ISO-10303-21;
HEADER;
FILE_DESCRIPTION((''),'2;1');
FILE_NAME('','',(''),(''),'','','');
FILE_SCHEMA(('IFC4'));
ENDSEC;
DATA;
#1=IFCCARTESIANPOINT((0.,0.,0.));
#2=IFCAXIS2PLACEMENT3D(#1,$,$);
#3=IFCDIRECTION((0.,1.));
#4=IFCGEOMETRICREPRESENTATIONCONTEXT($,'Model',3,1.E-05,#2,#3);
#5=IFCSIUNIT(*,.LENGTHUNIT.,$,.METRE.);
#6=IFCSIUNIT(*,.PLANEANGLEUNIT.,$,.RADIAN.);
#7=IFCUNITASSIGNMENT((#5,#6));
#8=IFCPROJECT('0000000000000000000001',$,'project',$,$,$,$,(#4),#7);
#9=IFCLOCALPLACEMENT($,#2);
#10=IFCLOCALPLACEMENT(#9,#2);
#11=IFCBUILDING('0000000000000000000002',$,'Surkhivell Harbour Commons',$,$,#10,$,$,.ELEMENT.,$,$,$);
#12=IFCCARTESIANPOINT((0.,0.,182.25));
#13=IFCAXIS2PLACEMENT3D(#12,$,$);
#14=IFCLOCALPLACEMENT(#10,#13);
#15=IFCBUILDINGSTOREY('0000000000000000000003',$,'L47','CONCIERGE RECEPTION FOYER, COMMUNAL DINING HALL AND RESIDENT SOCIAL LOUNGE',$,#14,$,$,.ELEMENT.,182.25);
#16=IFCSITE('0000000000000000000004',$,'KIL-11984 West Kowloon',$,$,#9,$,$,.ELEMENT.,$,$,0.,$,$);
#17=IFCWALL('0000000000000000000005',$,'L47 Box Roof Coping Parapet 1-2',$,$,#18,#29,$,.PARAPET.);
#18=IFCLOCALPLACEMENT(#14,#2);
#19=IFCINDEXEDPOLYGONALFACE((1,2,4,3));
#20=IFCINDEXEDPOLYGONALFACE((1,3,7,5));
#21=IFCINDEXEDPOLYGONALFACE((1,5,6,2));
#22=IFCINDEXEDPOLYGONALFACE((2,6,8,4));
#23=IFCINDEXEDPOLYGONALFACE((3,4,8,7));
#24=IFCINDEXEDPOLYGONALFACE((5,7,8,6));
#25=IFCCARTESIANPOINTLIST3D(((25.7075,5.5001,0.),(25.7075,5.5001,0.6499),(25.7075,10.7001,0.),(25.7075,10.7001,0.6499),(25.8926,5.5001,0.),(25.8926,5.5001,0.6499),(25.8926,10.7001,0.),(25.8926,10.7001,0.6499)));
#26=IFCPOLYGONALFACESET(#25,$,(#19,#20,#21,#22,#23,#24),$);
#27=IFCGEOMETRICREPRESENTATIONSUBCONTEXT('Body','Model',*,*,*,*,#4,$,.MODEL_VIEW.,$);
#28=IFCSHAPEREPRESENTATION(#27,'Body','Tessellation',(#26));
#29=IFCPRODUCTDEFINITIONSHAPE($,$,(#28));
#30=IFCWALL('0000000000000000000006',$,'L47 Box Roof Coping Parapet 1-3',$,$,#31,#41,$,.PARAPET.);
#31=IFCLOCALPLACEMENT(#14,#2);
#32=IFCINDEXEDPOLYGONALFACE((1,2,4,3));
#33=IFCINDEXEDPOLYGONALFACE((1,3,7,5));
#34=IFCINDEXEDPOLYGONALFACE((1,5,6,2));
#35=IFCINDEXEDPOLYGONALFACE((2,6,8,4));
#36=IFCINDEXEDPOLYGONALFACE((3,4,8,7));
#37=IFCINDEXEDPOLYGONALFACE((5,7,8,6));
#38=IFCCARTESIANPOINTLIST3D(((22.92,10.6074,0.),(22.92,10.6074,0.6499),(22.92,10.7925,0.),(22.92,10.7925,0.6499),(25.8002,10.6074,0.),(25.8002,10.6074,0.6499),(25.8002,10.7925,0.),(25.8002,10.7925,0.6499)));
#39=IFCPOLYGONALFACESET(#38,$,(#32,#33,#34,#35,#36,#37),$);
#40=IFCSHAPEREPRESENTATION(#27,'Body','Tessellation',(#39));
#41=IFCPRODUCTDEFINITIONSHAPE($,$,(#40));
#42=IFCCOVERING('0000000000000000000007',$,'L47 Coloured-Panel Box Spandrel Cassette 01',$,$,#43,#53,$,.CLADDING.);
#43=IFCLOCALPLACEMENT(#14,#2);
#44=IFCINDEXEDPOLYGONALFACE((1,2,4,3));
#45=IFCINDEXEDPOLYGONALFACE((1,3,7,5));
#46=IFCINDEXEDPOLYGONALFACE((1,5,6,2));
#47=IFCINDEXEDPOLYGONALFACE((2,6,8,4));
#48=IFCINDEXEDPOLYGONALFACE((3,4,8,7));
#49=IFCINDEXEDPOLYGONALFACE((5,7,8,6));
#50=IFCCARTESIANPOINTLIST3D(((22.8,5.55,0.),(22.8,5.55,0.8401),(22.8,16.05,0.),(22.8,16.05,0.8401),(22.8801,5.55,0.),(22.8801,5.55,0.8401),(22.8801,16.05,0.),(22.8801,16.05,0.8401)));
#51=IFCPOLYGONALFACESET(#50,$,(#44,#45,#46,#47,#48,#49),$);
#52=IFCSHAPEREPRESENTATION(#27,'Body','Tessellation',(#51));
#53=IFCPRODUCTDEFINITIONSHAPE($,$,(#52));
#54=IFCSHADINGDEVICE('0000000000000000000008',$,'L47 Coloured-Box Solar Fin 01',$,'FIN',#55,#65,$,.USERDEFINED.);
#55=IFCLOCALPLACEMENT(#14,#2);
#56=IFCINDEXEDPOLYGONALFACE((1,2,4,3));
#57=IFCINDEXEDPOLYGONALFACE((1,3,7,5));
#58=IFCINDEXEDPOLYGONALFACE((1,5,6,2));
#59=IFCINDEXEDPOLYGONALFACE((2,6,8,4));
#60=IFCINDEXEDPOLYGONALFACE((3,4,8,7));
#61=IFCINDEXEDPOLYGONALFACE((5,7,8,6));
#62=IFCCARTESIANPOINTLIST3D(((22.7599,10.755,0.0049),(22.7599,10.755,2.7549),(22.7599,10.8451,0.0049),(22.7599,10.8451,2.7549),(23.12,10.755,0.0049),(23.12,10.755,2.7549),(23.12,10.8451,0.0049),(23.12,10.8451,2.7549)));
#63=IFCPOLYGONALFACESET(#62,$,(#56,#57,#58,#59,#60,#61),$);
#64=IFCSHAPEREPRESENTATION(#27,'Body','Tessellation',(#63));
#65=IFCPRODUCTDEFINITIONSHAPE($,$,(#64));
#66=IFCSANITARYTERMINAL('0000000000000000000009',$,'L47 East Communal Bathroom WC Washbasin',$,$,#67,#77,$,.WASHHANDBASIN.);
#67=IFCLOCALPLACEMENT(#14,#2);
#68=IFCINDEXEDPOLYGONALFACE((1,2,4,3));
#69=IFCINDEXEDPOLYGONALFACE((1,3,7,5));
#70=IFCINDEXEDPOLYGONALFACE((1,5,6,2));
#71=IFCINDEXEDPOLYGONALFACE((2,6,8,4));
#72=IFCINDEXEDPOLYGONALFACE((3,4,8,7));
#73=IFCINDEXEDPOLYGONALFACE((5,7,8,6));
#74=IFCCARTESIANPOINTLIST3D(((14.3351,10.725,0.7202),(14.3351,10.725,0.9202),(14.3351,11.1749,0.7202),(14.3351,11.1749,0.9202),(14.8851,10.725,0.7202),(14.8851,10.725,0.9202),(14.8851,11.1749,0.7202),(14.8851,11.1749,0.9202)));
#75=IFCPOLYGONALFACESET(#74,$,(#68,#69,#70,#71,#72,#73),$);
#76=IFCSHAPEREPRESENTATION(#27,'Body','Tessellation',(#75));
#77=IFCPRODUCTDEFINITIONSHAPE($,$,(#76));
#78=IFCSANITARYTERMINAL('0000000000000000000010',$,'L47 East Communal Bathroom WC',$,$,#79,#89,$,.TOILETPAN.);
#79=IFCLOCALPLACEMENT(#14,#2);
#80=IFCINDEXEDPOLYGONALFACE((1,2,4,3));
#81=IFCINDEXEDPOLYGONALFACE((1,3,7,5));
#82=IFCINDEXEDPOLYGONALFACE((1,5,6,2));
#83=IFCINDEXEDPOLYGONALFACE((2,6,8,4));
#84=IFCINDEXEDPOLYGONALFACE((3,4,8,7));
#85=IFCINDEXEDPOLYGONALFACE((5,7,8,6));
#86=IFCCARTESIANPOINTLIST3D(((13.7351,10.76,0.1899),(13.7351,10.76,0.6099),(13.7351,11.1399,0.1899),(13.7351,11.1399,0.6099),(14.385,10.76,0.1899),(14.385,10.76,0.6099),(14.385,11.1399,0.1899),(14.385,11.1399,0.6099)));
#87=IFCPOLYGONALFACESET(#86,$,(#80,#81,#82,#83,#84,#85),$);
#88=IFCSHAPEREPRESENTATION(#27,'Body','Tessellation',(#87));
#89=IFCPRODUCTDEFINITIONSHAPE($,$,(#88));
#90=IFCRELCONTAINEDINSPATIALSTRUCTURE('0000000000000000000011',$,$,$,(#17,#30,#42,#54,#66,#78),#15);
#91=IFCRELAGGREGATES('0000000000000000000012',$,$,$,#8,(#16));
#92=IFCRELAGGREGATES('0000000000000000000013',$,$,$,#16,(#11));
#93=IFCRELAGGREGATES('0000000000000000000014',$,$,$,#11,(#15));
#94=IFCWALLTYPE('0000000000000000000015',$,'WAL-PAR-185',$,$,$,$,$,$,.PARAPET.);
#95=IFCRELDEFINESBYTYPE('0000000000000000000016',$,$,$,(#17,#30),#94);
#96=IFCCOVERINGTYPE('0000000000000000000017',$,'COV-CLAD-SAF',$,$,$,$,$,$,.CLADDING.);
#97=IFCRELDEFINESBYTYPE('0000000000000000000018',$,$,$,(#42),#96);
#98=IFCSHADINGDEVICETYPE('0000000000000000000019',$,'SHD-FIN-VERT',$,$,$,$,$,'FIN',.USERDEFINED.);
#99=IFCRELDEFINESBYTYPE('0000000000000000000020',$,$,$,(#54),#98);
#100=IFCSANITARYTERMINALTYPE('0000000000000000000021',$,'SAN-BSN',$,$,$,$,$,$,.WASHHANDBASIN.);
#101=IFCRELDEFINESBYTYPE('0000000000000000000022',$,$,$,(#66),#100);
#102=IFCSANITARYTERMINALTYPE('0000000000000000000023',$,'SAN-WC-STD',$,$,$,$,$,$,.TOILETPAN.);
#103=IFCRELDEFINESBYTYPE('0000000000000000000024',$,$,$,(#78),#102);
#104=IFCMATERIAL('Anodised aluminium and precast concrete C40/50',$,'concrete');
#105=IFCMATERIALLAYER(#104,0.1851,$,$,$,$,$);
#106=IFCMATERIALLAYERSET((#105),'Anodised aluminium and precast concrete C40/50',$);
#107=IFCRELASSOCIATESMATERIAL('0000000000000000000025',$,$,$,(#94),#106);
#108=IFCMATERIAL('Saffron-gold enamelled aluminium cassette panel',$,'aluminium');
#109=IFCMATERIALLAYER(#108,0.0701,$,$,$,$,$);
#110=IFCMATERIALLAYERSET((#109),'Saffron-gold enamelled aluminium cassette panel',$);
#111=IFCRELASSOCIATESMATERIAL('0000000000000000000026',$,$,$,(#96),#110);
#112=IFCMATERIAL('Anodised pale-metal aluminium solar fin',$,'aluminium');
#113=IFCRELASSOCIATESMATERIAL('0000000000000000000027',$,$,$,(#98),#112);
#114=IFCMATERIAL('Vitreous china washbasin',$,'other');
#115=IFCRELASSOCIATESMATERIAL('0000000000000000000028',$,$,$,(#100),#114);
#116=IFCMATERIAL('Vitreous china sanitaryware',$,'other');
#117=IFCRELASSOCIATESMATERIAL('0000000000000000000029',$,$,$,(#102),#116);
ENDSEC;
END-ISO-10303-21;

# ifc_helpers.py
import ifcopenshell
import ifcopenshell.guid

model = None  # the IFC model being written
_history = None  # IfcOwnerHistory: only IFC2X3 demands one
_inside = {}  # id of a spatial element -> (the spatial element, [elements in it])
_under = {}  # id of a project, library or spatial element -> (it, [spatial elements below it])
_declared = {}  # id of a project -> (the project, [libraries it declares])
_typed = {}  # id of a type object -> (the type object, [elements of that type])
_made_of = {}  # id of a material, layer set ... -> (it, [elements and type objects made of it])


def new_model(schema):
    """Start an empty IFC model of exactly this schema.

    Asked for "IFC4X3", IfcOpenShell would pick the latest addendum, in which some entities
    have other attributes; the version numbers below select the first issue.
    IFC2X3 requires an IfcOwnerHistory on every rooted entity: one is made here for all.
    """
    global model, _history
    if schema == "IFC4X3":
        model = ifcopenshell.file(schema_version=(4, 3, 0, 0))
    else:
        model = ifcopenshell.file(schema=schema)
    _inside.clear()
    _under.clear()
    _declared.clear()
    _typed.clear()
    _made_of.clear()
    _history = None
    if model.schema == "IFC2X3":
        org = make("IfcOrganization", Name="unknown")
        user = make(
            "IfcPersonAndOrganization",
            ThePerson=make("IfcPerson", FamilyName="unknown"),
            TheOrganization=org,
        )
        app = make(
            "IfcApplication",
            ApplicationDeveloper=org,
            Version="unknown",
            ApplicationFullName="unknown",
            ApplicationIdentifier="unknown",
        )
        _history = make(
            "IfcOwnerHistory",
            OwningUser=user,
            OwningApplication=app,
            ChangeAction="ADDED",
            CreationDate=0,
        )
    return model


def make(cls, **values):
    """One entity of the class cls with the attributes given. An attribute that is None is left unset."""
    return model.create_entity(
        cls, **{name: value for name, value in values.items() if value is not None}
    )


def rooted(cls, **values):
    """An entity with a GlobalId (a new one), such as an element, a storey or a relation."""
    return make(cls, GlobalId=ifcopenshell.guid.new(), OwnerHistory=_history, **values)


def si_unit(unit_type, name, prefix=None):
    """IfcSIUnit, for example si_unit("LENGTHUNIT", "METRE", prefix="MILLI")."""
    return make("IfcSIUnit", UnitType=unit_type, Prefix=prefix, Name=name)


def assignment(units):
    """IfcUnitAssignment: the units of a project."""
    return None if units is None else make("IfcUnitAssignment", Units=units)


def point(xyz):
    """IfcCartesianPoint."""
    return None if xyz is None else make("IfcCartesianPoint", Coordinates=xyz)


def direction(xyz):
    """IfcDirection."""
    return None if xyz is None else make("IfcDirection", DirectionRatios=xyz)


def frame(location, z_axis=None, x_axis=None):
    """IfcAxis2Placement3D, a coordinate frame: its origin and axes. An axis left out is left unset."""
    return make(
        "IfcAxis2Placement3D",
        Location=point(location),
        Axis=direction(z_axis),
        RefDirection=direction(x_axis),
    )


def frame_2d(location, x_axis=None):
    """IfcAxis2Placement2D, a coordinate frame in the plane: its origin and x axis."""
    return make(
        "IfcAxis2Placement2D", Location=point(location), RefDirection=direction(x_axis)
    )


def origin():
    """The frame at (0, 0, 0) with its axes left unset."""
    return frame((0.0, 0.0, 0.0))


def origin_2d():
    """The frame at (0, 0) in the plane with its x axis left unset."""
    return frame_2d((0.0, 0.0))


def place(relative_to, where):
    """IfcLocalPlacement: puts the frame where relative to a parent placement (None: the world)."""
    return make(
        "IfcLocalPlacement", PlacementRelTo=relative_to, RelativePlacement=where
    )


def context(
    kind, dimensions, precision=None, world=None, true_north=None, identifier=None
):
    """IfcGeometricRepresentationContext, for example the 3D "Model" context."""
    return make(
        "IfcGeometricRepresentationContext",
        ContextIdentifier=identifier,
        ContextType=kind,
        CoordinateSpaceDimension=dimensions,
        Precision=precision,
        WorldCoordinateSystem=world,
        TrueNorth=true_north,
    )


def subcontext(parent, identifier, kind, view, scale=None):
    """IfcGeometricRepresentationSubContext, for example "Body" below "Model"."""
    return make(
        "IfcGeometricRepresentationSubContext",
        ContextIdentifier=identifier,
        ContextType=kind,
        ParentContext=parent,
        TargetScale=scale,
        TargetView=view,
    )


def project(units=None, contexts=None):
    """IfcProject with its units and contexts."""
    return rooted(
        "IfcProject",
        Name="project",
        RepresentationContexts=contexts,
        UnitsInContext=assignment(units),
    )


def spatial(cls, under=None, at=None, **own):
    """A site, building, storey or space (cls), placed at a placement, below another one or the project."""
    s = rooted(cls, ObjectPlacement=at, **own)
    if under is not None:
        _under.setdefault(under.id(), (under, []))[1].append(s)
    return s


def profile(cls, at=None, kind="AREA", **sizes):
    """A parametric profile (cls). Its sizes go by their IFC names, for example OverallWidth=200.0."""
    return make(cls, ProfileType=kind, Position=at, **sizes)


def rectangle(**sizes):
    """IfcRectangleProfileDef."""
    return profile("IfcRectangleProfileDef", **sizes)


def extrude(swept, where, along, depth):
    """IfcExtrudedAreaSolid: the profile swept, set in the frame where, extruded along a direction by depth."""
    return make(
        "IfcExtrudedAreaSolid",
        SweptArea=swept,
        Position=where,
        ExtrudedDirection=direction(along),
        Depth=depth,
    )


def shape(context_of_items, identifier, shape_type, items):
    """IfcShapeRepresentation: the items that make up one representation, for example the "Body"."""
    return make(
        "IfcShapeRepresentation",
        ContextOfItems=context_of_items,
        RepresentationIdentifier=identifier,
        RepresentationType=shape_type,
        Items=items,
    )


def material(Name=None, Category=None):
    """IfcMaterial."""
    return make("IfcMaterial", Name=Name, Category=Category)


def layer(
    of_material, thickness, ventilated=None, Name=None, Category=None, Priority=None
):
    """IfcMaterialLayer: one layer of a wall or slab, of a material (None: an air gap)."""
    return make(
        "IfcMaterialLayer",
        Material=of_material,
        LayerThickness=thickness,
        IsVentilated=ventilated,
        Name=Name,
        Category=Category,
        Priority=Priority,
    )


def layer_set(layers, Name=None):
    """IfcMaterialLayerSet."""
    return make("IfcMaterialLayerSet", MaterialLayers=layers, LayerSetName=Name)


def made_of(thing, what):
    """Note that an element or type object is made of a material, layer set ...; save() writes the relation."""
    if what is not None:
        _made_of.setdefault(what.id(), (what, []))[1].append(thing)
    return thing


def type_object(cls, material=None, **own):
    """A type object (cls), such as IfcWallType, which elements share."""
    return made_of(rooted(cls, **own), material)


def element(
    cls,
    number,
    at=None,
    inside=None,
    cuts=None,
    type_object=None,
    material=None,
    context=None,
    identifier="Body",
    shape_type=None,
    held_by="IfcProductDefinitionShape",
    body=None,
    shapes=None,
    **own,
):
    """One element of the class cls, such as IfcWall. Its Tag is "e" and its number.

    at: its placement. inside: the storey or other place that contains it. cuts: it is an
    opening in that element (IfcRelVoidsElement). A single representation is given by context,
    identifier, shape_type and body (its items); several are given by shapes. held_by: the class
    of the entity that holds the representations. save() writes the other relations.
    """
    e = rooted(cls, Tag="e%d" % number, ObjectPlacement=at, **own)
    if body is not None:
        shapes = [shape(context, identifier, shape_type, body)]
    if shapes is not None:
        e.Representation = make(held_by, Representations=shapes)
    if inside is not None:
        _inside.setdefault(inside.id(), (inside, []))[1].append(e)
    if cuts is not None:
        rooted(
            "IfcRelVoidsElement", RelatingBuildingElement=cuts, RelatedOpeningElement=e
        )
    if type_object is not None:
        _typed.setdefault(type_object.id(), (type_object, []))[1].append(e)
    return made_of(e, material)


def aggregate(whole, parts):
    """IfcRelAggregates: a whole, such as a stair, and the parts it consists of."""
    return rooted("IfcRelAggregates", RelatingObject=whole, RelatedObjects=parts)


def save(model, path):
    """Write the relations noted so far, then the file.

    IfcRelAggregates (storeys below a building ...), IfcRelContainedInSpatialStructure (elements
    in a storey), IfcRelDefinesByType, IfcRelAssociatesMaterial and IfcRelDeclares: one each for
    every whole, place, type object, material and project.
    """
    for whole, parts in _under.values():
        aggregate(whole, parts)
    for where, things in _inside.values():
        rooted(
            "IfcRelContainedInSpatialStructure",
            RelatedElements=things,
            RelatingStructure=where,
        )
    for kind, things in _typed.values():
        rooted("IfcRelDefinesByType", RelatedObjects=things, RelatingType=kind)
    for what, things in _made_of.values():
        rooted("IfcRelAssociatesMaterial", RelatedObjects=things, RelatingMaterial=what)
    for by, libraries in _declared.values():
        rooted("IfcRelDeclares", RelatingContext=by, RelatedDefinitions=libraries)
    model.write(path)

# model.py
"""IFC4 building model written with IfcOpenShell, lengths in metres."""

from ifc_helpers import new_model, si_unit, direction, frame, frame_2d, origin, origin_2d, place, context, subcontext, project, spatial, rectangle, extrude, material, layer, layer_set, type_object, element, save


model = new_model("IFC4")

# Units and contexts
model_context = context("Model", 3, precision=1e-05, world=origin(), true_north=direction((0.0, 1.0)))
body_context = subcontext(model_context, "Body", "Model", "MODEL_VIEW")
ifc_project = project(units=[si_unit("LENGTHUNIT", "METRE"), si_unit("PLANEANGLEUNIT", "RADIAN")], contexts=[model_context])

# Site, building, storey
site_placement = place(None, origin())
site = spatial("IfcSite", under=ifc_project, at=site_placement, Name="KIL-11984 West Kowloon", CompositionType="ELEMENT", RefElevation=0.0)
building_placement = place(site_placement, origin())
building = spatial("IfcBuilding", under=site, at=building_placement, Name="Surkhivell Harbour Commons", CompositionType="ELEMENT")
storey_placement = place(building_placement, frame((0.0, 0.0, 182.25)))
storey = spatial("IfcBuildingStorey", under=building, at=storey_placement, Name="L47", Description="CONCIERGE RECEPTION FOYER, COMMUNAL DINING HALL AND RESIDENT SOCIAL LOUNGE", CompositionType="ELEMENT", Elevation=182.25)

# Walls
ifc_material_1 = material(Name="Anodised aluminium and precast concrete C40/50", Category="concrete")
ifc_layer_1 = layer(ifc_material_1, 0.1851)
ifc_layer_set_1 = layer_set([ifc_layer_1], Name="Anodised aluminium and precast concrete C40/50")
wall_type_1 = type_object("IfcWallType", Name="WAL-PAR-185", PredefinedType="PARAPET", material=ifc_layer_set_1)
wall_1_placement = place(storey_placement, frame((25.8, 5.5, 0.0), z_axis=(0.0, 0.0, 1.0), x_axis=(0.0, 1.0, 0.0)))
element("IfcWall", 1, at=wall_1_placement, inside=storey, type_object=wall_type_1, Name="L47 Box Roof Coping Parapet 1-2", PredefinedType="PARAPET", context=body_context, shape_type="SweptSolid", body=[
    extrude(rectangle(XDim=5.2, YDim=0.1851, at=frame_2d((2.6001, 0.0))), origin(), (0.0, 0.0, 1.0), 0.6499),
])
wall_2_placement = place(storey_placement, frame((25.8, 10.7, 0.0), z_axis=(0.0, 0.0, 1.0), x_axis=(-1.0, 0.0, 0.0)))
element("IfcWall", 2, at=wall_2_placement, inside=storey, type_object=wall_type_1, Name="L47 Box Roof Coping Parapet 1-3", PredefinedType="PARAPET", context=body_context, shape_type="SweptSolid", body=[
    extrude(rectangle(XDim=2.8801, YDim=0.1851, at=frame_2d((1.4399, 0.0))), origin(), (0.0, 0.0, 1.0), 0.6499),
])

# Covering
ifc_material_2 = material(Name="Saffron-gold enamelled aluminium cassette panel", Category="aluminium")
ifc_layer_2 = layer(ifc_material_2, 0.0701)
ifc_layer_set_2 = layer_set([ifc_layer_2], Name="Saffron-gold enamelled aluminium cassette panel")
covering_type = type_object("IfcCoveringType", Name="COV-CLAD-SAF", PredefinedType="CLADDING", material=ifc_layer_set_2)
covering_placement = place(storey_placement, frame((22.8401, 10.8, 0.0), z_axis=(0.0, 0.0, 1.0), x_axis=(1.0, 0.0, 0.0)))
element("IfcCovering", 3, at=covering_placement, inside=storey, type_object=covering_type, Name="L47 Coloured-Panel Box Spandrel Cassette 01", PredefinedType="CLADDING", context=body_context, shape_type="SweptSolid", body=[
    extrude(rectangle(XDim=0.0801, YDim=10.5, at=origin_2d()), origin(), (0.0, 0.0, 1.0), 0.8401),
])

# Shading device
ifc_material_3 = material(Name="Anodised pale-metal aluminium solar fin", Category="aluminium")
shading_device_type = type_object("IfcShadingDeviceType", Name="SHD-FIN-VERT", ElementType="FIN", PredefinedType="USERDEFINED", material=ifc_material_3)
shading_device_placement = place(storey_placement, frame((22.9399, 10.8, 0.0049), z_axis=(0.0, 0.0, 1.0), x_axis=(1.0, 0.0, 0.0)))
element("IfcShadingDevice", 4, at=shading_device_placement, inside=storey, type_object=shading_device_type, Name="L47 Coloured-Box Solar Fin 01", ObjectType="FIN", PredefinedType="USERDEFINED", context=body_context, shape_type="SweptSolid", body=[
    extrude(rectangle(XDim=0.3601, YDim=0.0901, at=origin_2d()), origin(), (0.0, 0.0, 1.0), 2.75),
])

# Sanitary terminals
ifc_material_4 = material(Name="Vitreous china washbasin", Category="other")
sanitary_terminal_type_1 = type_object("IfcSanitaryTerminalType", Name="SAN-BSN", PredefinedType="WASHHANDBASIN", material=ifc_material_4)
sanitary_terminal_1_placement = place(storey_placement, frame((14.6101, 10.95, 0.7202), z_axis=(0.0, 0.0, 1.0), x_axis=(1.0, 0.0, 0.0)))
element("IfcSanitaryTerminal", 5, at=sanitary_terminal_1_placement, inside=storey, type_object=sanitary_terminal_type_1, Name="L47 East Communal Bathroom WC Washbasin", PredefinedType="WASHHANDBASIN", context=body_context, shape_type="SweptSolid", body=[
    extrude(rectangle(XDim=0.55, YDim=0.45, at=origin_2d()), origin(), (0.0, 0.0, 1.0), 0.2),
])
ifc_material_5 = material(Name="Vitreous china sanitaryware", Category="other")
sanitary_terminal_type_2 = type_object("IfcSanitaryTerminalType", Name="SAN-WC-STD", PredefinedType="TOILETPAN", material=ifc_material_5)
sanitary_terminal_2_placement = place(storey_placement, frame((14.0601, 10.95, 0.1899), z_axis=(0.0, 0.0, 1.0), x_axis=(1.0, 0.0, 0.0)))
element("IfcSanitaryTerminal", 6, at=sanitary_terminal_2_placement, inside=storey, type_object=sanitary_terminal_type_2, Name="L47 East Communal Bathroom WC", PredefinedType="TOILETPAN", context=body_context, shape_type="SweptSolid", body=[
    extrude(rectangle(XDim=0.6499, YDim=0.3799, at=origin_2d()), origin(), (0.0, 0.0, 1.0), 0.4199),
])

save(model, "model.ifc")
